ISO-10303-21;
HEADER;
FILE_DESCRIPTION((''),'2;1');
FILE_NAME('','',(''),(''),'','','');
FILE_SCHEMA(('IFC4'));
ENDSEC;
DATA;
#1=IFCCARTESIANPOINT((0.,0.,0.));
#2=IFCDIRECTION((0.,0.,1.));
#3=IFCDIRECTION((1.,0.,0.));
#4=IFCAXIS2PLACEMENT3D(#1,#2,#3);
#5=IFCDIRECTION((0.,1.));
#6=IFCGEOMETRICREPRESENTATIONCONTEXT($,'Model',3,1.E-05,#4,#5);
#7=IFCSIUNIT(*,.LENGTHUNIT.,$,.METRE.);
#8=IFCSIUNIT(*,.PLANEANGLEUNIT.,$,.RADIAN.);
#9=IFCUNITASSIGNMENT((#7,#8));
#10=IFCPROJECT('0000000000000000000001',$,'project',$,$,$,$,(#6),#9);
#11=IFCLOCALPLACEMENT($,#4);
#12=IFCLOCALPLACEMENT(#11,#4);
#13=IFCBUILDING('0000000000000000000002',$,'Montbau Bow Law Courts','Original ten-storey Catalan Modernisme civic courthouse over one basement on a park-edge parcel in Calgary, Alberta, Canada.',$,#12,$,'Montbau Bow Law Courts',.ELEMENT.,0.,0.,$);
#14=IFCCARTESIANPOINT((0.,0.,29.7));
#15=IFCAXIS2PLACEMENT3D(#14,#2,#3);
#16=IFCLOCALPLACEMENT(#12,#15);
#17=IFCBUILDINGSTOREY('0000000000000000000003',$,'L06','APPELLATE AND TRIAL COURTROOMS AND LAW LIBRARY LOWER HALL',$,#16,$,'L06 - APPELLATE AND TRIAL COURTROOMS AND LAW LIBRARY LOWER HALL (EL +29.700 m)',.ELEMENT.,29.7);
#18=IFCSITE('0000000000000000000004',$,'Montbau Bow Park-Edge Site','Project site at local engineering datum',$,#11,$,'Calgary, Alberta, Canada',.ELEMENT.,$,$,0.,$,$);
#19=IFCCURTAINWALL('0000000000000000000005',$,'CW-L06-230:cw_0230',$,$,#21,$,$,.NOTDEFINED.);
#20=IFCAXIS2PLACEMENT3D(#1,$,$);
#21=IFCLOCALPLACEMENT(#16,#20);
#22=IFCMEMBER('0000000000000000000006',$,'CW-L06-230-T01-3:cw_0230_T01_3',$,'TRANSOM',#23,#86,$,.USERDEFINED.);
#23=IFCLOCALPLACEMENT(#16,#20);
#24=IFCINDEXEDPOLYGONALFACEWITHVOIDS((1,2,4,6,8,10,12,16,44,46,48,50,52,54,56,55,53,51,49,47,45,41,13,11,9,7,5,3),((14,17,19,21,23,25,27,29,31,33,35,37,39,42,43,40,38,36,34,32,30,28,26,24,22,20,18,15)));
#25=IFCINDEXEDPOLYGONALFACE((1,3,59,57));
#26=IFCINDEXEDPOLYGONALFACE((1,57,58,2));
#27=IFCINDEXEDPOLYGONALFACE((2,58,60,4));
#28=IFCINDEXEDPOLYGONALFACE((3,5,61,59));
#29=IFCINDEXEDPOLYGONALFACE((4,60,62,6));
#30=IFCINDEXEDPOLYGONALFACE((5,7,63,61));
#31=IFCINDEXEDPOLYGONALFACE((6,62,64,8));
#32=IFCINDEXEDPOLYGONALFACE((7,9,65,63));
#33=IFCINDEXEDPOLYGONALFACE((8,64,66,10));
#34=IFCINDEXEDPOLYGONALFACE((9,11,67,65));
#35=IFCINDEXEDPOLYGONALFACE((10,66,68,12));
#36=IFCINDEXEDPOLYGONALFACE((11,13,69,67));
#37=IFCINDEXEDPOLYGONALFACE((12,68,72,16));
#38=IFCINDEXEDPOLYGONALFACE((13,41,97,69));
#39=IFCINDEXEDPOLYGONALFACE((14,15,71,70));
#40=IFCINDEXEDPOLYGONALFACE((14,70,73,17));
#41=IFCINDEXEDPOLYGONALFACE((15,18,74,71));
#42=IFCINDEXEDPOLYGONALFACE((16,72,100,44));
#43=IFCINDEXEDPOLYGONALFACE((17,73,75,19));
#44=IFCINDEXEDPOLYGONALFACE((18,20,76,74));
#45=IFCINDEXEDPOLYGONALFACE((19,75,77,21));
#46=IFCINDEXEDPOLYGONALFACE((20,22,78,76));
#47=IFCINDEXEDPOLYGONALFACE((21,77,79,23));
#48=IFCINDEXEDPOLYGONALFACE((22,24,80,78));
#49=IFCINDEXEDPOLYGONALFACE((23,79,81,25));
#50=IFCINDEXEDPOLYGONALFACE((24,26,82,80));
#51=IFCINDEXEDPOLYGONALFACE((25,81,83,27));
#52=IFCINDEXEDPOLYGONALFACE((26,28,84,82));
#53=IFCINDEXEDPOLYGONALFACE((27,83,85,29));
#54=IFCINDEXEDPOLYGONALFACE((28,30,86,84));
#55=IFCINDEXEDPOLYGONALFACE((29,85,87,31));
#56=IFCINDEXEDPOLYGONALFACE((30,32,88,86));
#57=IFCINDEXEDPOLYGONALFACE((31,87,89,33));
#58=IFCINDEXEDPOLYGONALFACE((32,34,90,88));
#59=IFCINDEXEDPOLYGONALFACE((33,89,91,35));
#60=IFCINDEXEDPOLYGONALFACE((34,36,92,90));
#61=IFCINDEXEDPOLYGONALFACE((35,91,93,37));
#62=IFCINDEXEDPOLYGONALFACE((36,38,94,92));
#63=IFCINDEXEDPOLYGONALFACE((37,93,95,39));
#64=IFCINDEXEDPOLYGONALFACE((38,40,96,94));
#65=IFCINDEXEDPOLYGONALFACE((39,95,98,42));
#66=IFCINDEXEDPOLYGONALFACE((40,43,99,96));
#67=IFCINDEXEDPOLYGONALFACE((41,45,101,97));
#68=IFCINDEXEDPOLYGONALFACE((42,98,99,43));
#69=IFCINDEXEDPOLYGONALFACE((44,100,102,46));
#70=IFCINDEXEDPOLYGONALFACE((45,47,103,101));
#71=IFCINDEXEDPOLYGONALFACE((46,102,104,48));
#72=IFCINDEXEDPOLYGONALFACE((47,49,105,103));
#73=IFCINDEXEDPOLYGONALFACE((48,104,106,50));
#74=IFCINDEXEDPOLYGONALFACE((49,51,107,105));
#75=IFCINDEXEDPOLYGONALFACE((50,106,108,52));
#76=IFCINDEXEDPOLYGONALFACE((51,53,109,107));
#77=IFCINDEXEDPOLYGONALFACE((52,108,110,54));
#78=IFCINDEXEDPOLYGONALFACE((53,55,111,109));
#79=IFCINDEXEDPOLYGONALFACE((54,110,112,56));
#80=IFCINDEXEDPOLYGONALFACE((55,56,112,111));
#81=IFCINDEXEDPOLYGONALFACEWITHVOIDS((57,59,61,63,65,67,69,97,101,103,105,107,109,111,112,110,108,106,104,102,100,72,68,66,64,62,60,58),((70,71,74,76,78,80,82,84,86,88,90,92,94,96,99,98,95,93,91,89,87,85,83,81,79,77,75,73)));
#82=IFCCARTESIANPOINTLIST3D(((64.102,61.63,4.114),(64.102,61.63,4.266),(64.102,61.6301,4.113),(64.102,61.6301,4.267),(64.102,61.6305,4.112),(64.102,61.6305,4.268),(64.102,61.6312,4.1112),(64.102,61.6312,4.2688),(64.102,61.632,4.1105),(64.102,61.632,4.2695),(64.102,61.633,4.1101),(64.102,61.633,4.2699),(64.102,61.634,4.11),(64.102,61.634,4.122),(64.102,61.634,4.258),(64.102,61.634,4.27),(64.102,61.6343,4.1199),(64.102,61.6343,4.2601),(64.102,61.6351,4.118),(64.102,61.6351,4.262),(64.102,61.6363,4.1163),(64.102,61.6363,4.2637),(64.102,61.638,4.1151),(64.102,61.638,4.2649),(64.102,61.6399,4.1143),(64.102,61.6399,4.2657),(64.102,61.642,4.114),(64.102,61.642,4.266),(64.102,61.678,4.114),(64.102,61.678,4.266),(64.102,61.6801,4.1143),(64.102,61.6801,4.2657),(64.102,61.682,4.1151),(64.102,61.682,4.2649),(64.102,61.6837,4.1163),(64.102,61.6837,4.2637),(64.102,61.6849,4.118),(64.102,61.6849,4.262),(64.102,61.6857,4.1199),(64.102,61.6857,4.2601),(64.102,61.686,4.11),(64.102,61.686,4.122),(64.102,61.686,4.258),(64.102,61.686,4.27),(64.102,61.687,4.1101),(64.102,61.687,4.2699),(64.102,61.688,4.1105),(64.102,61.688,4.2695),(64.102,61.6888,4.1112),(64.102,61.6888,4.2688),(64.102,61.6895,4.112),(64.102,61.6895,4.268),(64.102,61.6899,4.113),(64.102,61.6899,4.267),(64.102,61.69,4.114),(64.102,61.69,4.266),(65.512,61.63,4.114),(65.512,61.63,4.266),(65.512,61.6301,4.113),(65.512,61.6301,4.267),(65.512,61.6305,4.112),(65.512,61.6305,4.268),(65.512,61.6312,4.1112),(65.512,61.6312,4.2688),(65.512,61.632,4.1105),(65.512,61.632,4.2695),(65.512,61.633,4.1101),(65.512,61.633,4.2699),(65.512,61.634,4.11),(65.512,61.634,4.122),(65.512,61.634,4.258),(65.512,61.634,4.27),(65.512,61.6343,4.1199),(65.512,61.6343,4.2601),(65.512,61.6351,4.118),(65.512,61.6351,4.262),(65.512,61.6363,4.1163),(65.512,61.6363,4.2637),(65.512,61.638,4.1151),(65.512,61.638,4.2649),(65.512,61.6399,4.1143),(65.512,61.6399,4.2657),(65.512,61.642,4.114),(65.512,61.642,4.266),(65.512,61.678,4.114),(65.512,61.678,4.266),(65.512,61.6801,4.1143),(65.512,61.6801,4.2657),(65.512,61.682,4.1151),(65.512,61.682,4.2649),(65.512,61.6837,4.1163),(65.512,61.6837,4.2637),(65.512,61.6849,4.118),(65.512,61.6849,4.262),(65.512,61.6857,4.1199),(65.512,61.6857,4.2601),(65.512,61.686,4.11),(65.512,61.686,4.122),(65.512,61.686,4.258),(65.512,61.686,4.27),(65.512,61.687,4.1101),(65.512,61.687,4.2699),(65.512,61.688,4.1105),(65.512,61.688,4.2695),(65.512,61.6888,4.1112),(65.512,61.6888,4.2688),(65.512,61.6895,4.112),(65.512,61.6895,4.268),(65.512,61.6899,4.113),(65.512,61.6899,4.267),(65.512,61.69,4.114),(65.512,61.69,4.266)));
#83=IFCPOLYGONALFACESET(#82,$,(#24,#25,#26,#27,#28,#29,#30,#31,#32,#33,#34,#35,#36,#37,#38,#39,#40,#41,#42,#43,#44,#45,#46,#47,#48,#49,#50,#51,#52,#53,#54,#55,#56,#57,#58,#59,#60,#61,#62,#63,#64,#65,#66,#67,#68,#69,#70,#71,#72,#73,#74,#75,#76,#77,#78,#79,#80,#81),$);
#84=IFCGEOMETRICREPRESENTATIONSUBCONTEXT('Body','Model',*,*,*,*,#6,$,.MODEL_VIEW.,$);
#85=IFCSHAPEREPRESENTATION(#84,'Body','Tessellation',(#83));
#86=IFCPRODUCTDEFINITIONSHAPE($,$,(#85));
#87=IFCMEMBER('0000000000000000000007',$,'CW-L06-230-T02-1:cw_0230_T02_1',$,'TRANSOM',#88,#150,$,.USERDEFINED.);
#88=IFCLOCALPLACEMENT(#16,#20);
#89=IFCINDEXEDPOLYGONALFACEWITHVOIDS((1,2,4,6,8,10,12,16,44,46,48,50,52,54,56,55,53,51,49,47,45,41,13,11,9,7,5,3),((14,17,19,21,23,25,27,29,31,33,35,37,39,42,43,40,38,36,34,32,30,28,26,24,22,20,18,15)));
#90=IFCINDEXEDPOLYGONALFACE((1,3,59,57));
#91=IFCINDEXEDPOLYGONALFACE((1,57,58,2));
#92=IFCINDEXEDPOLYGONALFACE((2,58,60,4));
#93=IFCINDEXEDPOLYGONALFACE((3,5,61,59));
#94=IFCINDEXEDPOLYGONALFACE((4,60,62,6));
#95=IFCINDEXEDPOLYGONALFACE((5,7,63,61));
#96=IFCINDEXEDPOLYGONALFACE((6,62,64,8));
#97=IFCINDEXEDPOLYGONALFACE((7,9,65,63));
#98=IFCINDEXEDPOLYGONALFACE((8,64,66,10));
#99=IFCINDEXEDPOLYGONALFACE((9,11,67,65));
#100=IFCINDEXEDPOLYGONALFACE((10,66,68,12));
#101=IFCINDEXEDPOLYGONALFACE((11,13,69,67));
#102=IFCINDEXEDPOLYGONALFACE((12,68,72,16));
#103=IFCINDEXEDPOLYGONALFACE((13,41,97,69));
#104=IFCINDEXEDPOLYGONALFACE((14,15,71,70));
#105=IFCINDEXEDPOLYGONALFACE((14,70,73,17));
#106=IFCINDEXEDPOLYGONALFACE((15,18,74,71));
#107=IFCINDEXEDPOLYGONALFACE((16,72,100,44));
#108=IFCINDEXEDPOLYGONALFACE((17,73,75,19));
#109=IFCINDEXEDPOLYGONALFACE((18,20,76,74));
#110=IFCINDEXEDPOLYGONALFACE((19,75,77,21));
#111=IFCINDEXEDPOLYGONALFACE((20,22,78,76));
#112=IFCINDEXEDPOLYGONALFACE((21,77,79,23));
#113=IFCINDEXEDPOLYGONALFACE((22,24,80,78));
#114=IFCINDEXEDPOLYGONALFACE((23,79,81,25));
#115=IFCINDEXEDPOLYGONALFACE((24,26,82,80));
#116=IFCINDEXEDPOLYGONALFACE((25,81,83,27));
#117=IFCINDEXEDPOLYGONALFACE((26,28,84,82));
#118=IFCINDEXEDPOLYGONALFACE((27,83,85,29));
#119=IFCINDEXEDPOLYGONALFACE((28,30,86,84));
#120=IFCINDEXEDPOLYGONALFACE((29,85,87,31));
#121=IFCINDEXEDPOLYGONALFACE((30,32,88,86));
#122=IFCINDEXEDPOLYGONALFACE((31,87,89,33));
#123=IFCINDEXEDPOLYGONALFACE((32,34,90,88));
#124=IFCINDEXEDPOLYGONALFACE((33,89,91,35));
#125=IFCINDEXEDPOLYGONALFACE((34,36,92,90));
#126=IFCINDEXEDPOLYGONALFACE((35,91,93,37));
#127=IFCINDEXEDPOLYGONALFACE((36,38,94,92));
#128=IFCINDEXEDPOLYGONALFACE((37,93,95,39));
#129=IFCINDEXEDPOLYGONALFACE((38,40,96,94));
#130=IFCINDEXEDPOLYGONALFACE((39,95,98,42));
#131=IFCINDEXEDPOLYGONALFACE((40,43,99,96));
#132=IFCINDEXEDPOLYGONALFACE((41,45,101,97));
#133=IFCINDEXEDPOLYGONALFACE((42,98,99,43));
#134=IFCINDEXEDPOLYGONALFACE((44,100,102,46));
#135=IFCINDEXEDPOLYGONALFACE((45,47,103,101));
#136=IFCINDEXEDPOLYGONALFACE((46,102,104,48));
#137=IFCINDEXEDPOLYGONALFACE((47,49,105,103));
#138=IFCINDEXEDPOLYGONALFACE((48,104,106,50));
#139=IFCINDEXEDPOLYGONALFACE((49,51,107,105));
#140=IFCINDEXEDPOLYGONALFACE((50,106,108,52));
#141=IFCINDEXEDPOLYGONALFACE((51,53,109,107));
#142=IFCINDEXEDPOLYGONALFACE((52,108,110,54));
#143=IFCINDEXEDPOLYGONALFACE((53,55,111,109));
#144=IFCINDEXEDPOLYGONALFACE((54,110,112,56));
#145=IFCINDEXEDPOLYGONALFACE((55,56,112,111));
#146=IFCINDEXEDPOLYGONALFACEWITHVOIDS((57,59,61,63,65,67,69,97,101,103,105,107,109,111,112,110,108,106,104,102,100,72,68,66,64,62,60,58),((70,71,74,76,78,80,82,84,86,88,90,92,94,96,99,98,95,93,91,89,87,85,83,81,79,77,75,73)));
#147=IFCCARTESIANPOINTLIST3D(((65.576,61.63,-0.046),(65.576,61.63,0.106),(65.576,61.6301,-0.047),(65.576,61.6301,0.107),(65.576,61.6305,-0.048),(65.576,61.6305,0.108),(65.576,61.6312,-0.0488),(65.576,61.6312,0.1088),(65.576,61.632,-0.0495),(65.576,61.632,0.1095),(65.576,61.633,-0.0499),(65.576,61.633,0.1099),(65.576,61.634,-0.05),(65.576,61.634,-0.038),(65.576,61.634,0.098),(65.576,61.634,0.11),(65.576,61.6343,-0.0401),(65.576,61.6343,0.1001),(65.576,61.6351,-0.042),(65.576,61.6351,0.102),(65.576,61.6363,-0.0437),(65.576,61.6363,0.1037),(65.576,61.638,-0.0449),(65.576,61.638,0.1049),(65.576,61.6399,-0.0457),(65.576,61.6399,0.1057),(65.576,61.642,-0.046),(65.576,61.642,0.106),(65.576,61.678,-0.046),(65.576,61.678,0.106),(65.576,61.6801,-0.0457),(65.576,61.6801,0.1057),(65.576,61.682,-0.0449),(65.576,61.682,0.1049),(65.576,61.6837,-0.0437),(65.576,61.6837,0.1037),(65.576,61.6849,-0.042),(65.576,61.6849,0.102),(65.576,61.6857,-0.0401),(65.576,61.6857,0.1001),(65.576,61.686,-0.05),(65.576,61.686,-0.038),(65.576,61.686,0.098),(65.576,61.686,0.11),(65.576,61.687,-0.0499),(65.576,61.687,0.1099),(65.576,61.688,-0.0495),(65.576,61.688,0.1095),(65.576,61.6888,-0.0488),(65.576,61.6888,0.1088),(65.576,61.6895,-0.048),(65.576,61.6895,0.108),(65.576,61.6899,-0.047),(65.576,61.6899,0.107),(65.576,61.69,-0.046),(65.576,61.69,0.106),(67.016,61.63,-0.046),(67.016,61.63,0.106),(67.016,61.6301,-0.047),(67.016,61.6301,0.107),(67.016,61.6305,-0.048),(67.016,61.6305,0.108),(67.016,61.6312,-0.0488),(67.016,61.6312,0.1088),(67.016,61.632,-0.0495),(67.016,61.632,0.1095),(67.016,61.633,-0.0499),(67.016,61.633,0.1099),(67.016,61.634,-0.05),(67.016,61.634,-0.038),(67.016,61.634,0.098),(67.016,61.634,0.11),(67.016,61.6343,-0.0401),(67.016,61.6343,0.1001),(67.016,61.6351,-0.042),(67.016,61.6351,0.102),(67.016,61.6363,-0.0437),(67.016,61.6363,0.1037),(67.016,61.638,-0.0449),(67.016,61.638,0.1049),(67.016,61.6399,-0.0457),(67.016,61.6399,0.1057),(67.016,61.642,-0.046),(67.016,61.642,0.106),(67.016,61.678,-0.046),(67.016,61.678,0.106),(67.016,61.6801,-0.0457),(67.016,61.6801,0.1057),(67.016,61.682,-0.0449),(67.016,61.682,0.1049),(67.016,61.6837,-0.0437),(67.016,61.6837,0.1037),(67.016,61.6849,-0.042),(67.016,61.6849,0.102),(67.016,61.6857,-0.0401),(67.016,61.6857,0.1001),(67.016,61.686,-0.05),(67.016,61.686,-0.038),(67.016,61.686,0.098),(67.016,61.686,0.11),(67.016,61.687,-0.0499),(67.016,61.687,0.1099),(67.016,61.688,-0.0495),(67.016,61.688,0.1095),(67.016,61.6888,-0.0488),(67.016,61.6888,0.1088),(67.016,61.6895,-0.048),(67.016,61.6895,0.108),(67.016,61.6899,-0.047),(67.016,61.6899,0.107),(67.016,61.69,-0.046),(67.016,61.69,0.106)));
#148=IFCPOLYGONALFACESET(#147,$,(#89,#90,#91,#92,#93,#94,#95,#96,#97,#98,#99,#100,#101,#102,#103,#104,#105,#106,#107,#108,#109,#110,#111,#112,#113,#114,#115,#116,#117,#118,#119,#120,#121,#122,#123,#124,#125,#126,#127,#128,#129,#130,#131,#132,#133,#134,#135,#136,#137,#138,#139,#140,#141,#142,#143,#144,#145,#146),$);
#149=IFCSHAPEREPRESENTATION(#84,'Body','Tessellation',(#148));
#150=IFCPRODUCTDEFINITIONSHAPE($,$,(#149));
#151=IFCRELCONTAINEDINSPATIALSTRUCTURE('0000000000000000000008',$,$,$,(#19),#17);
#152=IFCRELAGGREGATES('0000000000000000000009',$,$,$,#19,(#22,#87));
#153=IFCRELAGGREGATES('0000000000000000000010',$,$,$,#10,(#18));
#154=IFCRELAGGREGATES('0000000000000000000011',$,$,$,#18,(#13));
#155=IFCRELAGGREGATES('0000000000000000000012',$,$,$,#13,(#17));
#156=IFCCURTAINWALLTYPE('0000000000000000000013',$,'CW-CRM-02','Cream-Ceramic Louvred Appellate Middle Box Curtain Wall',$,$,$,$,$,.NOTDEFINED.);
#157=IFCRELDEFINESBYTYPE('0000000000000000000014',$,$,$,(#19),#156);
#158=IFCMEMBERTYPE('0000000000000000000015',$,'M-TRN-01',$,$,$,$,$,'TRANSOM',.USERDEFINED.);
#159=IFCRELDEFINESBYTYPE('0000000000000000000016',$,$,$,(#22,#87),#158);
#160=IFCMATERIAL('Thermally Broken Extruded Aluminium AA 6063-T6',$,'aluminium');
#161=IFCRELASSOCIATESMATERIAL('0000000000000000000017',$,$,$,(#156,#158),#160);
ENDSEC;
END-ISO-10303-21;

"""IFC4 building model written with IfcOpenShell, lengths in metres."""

from ifc_helpers import new_model, si_unit, direction, frame, origin_with_axes, origin_2d_with_axis, place, context, subcontext, project, spatial, hollow_rectangle, extrude, material, material_profile, profile_set, type_object, element, aggregate, save


model = new_model("IFC4")

# Units and contexts
model_context = context("Model", 3, precision=1e-05, world=origin_with_axes(), true_north=direction((0.0, 1.0)))
body_context = subcontext(model_context, "Body", "Model", "MODEL_VIEW")
ifc_project = project(units=[si_unit("LENGTHUNIT", "METRE"), si_unit("PLANEANGLEUNIT", "RADIAN")], contexts=[model_context])

# Site, building, storey
site_placement = place(None, origin_with_axes())
site = spatial("IfcSite", under=ifc_project, at=site_placement, Name="Montbau Bow Park-Edge Site", Description="Project site at local engineering datum", LongName="Calgary, Alberta, Canada", CompositionType="ELEMENT", RefElevation=0.0)
building_placement = place(site_placement, origin_with_axes())
building = spatial("IfcBuilding", under=site, at=building_placement, Name="Montbau Bow Law Courts", Description="Original ten-storey Catalan Modernisme civic courthouse over one basement on a park-edge parcel in Calgary, Alberta, Canada.", LongName="Montbau Bow Law Courts", CompositionType="ELEMENT", ElevationOfRefHeight=0.0, ElevationOfTerrain=0.0)
storey_placement = place(building_placement, frame((0.0, 0.0, 29.7), z_axis=(0.0, 0.0, 1.0), x_axis=(1.0, 0.0, 0.0)))
storey = spatial("IfcBuildingStorey", under=building, at=storey_placement, Name="L06", Description="APPELLATE AND TRIAL COURTROOMS AND LAW LIBRARY LOWER HALL", LongName="L06 - APPELLATE AND TRIAL COURTROOMS AND LAW LIBRARY LOWER HALL (EL +29.700 m)", CompositionType="ELEMENT", Elevation=29.7)

# Shared definitions
ifc_material_1 = material(Name="Thermally Broken Extruded Aluminium AA 6063-T6", Category="aluminium")
curtain_wall_type = type_object("IfcCurtainWallType", Name="CW-CRM-02", Description="Cream-Ceramic Louvred Appellate Middle Box Curtain Wall", PredefinedType="NOTDEFINED", material=ifc_material_1)

# Curtain wall, members
curtain_wall_1_placement = place(None, frame((64.04, 61.66, 29.7), z_axis=(0.0, 0.0, 1.0), x_axis=(1.0, 0.0, 0.0)))
curtain_wall_1 = element("IfcCurtainWall", 1, at=curtain_wall_1_placement, inside=storey, type_object=curtain_wall_type, Name="CW-L06-230:cw_0230", PredefinedType="NOTDEFINED")
ifc_material_profile_1 = material_profile(ifc_material_1, hollow_rectangle(XDim=0.06, YDim=0.16, WallThickness=0.004, InnerFilletRadius=0.008, OuterFilletRadius=0.004, at=origin_2d_with_axis()), Name="CWT-160X60", Category="Main", Priority=0)
ifc_profile_set_1 = profile_set([ifc_material_profile_1], Name="Thermally Broken Extruded Aluminium AA 6063-T6")
member_type_1 = type_object("IfcMemberType", Name="M-TRN-01", ElementType="TRANSOM", PredefinedType="USERDEFINED", material=ifc_profile_set_1)
member_1_placement = place(None, frame((64.102, 61.66, 33.89), z_axis=(1.0, 0.0, 0.0), x_axis=(0.0, 1.0, 0.0)))
member_1 = element("IfcMember", 2, at=member_1_placement, type_object=member_type_1, Name="CW-L06-230-T01-3:cw_0230_T01_3", ObjectType="TRANSOM", PredefinedType="USERDEFINED", context=body_context, shape_type="SweptSolid", body=[
    extrude(hollow_rectangle(XDim=0.06, YDim=0.16, WallThickness=0.004, InnerFilletRadius=0.008, OuterFilletRadius=0.004, at=origin_2d_with_axis()), origin_with_axes(), (0.0, 0.0, 1.0), 1.41),
])
member_2_placement = place(None, frame((65.576, 61.66, 29.73), z_axis=(1.0, 0.0, 0.0), x_axis=(0.0, 1.0, 0.0)))
member_2 = element("IfcMember", 3, at=member_2_placement, type_object=member_type_1, Name="CW-L06-230-T02-1:cw_0230_T02_1", ObjectType="TRANSOM", PredefinedType="USERDEFINED", context=body_context, shape_type="SweptSolid", body=[
    extrude(hollow_rectangle(XDim=0.06, YDim=0.16, WallThickness=0.004, InnerFilletRadius=0.008, OuterFilletRadius=0.004, at=origin_2d_with_axis()), origin_with_axes(), (0.0, 0.0, 1.0), 1.44),
])
aggregate(curtain_wall_1, [member_1, member_2])

save(model, "model.ifc")
